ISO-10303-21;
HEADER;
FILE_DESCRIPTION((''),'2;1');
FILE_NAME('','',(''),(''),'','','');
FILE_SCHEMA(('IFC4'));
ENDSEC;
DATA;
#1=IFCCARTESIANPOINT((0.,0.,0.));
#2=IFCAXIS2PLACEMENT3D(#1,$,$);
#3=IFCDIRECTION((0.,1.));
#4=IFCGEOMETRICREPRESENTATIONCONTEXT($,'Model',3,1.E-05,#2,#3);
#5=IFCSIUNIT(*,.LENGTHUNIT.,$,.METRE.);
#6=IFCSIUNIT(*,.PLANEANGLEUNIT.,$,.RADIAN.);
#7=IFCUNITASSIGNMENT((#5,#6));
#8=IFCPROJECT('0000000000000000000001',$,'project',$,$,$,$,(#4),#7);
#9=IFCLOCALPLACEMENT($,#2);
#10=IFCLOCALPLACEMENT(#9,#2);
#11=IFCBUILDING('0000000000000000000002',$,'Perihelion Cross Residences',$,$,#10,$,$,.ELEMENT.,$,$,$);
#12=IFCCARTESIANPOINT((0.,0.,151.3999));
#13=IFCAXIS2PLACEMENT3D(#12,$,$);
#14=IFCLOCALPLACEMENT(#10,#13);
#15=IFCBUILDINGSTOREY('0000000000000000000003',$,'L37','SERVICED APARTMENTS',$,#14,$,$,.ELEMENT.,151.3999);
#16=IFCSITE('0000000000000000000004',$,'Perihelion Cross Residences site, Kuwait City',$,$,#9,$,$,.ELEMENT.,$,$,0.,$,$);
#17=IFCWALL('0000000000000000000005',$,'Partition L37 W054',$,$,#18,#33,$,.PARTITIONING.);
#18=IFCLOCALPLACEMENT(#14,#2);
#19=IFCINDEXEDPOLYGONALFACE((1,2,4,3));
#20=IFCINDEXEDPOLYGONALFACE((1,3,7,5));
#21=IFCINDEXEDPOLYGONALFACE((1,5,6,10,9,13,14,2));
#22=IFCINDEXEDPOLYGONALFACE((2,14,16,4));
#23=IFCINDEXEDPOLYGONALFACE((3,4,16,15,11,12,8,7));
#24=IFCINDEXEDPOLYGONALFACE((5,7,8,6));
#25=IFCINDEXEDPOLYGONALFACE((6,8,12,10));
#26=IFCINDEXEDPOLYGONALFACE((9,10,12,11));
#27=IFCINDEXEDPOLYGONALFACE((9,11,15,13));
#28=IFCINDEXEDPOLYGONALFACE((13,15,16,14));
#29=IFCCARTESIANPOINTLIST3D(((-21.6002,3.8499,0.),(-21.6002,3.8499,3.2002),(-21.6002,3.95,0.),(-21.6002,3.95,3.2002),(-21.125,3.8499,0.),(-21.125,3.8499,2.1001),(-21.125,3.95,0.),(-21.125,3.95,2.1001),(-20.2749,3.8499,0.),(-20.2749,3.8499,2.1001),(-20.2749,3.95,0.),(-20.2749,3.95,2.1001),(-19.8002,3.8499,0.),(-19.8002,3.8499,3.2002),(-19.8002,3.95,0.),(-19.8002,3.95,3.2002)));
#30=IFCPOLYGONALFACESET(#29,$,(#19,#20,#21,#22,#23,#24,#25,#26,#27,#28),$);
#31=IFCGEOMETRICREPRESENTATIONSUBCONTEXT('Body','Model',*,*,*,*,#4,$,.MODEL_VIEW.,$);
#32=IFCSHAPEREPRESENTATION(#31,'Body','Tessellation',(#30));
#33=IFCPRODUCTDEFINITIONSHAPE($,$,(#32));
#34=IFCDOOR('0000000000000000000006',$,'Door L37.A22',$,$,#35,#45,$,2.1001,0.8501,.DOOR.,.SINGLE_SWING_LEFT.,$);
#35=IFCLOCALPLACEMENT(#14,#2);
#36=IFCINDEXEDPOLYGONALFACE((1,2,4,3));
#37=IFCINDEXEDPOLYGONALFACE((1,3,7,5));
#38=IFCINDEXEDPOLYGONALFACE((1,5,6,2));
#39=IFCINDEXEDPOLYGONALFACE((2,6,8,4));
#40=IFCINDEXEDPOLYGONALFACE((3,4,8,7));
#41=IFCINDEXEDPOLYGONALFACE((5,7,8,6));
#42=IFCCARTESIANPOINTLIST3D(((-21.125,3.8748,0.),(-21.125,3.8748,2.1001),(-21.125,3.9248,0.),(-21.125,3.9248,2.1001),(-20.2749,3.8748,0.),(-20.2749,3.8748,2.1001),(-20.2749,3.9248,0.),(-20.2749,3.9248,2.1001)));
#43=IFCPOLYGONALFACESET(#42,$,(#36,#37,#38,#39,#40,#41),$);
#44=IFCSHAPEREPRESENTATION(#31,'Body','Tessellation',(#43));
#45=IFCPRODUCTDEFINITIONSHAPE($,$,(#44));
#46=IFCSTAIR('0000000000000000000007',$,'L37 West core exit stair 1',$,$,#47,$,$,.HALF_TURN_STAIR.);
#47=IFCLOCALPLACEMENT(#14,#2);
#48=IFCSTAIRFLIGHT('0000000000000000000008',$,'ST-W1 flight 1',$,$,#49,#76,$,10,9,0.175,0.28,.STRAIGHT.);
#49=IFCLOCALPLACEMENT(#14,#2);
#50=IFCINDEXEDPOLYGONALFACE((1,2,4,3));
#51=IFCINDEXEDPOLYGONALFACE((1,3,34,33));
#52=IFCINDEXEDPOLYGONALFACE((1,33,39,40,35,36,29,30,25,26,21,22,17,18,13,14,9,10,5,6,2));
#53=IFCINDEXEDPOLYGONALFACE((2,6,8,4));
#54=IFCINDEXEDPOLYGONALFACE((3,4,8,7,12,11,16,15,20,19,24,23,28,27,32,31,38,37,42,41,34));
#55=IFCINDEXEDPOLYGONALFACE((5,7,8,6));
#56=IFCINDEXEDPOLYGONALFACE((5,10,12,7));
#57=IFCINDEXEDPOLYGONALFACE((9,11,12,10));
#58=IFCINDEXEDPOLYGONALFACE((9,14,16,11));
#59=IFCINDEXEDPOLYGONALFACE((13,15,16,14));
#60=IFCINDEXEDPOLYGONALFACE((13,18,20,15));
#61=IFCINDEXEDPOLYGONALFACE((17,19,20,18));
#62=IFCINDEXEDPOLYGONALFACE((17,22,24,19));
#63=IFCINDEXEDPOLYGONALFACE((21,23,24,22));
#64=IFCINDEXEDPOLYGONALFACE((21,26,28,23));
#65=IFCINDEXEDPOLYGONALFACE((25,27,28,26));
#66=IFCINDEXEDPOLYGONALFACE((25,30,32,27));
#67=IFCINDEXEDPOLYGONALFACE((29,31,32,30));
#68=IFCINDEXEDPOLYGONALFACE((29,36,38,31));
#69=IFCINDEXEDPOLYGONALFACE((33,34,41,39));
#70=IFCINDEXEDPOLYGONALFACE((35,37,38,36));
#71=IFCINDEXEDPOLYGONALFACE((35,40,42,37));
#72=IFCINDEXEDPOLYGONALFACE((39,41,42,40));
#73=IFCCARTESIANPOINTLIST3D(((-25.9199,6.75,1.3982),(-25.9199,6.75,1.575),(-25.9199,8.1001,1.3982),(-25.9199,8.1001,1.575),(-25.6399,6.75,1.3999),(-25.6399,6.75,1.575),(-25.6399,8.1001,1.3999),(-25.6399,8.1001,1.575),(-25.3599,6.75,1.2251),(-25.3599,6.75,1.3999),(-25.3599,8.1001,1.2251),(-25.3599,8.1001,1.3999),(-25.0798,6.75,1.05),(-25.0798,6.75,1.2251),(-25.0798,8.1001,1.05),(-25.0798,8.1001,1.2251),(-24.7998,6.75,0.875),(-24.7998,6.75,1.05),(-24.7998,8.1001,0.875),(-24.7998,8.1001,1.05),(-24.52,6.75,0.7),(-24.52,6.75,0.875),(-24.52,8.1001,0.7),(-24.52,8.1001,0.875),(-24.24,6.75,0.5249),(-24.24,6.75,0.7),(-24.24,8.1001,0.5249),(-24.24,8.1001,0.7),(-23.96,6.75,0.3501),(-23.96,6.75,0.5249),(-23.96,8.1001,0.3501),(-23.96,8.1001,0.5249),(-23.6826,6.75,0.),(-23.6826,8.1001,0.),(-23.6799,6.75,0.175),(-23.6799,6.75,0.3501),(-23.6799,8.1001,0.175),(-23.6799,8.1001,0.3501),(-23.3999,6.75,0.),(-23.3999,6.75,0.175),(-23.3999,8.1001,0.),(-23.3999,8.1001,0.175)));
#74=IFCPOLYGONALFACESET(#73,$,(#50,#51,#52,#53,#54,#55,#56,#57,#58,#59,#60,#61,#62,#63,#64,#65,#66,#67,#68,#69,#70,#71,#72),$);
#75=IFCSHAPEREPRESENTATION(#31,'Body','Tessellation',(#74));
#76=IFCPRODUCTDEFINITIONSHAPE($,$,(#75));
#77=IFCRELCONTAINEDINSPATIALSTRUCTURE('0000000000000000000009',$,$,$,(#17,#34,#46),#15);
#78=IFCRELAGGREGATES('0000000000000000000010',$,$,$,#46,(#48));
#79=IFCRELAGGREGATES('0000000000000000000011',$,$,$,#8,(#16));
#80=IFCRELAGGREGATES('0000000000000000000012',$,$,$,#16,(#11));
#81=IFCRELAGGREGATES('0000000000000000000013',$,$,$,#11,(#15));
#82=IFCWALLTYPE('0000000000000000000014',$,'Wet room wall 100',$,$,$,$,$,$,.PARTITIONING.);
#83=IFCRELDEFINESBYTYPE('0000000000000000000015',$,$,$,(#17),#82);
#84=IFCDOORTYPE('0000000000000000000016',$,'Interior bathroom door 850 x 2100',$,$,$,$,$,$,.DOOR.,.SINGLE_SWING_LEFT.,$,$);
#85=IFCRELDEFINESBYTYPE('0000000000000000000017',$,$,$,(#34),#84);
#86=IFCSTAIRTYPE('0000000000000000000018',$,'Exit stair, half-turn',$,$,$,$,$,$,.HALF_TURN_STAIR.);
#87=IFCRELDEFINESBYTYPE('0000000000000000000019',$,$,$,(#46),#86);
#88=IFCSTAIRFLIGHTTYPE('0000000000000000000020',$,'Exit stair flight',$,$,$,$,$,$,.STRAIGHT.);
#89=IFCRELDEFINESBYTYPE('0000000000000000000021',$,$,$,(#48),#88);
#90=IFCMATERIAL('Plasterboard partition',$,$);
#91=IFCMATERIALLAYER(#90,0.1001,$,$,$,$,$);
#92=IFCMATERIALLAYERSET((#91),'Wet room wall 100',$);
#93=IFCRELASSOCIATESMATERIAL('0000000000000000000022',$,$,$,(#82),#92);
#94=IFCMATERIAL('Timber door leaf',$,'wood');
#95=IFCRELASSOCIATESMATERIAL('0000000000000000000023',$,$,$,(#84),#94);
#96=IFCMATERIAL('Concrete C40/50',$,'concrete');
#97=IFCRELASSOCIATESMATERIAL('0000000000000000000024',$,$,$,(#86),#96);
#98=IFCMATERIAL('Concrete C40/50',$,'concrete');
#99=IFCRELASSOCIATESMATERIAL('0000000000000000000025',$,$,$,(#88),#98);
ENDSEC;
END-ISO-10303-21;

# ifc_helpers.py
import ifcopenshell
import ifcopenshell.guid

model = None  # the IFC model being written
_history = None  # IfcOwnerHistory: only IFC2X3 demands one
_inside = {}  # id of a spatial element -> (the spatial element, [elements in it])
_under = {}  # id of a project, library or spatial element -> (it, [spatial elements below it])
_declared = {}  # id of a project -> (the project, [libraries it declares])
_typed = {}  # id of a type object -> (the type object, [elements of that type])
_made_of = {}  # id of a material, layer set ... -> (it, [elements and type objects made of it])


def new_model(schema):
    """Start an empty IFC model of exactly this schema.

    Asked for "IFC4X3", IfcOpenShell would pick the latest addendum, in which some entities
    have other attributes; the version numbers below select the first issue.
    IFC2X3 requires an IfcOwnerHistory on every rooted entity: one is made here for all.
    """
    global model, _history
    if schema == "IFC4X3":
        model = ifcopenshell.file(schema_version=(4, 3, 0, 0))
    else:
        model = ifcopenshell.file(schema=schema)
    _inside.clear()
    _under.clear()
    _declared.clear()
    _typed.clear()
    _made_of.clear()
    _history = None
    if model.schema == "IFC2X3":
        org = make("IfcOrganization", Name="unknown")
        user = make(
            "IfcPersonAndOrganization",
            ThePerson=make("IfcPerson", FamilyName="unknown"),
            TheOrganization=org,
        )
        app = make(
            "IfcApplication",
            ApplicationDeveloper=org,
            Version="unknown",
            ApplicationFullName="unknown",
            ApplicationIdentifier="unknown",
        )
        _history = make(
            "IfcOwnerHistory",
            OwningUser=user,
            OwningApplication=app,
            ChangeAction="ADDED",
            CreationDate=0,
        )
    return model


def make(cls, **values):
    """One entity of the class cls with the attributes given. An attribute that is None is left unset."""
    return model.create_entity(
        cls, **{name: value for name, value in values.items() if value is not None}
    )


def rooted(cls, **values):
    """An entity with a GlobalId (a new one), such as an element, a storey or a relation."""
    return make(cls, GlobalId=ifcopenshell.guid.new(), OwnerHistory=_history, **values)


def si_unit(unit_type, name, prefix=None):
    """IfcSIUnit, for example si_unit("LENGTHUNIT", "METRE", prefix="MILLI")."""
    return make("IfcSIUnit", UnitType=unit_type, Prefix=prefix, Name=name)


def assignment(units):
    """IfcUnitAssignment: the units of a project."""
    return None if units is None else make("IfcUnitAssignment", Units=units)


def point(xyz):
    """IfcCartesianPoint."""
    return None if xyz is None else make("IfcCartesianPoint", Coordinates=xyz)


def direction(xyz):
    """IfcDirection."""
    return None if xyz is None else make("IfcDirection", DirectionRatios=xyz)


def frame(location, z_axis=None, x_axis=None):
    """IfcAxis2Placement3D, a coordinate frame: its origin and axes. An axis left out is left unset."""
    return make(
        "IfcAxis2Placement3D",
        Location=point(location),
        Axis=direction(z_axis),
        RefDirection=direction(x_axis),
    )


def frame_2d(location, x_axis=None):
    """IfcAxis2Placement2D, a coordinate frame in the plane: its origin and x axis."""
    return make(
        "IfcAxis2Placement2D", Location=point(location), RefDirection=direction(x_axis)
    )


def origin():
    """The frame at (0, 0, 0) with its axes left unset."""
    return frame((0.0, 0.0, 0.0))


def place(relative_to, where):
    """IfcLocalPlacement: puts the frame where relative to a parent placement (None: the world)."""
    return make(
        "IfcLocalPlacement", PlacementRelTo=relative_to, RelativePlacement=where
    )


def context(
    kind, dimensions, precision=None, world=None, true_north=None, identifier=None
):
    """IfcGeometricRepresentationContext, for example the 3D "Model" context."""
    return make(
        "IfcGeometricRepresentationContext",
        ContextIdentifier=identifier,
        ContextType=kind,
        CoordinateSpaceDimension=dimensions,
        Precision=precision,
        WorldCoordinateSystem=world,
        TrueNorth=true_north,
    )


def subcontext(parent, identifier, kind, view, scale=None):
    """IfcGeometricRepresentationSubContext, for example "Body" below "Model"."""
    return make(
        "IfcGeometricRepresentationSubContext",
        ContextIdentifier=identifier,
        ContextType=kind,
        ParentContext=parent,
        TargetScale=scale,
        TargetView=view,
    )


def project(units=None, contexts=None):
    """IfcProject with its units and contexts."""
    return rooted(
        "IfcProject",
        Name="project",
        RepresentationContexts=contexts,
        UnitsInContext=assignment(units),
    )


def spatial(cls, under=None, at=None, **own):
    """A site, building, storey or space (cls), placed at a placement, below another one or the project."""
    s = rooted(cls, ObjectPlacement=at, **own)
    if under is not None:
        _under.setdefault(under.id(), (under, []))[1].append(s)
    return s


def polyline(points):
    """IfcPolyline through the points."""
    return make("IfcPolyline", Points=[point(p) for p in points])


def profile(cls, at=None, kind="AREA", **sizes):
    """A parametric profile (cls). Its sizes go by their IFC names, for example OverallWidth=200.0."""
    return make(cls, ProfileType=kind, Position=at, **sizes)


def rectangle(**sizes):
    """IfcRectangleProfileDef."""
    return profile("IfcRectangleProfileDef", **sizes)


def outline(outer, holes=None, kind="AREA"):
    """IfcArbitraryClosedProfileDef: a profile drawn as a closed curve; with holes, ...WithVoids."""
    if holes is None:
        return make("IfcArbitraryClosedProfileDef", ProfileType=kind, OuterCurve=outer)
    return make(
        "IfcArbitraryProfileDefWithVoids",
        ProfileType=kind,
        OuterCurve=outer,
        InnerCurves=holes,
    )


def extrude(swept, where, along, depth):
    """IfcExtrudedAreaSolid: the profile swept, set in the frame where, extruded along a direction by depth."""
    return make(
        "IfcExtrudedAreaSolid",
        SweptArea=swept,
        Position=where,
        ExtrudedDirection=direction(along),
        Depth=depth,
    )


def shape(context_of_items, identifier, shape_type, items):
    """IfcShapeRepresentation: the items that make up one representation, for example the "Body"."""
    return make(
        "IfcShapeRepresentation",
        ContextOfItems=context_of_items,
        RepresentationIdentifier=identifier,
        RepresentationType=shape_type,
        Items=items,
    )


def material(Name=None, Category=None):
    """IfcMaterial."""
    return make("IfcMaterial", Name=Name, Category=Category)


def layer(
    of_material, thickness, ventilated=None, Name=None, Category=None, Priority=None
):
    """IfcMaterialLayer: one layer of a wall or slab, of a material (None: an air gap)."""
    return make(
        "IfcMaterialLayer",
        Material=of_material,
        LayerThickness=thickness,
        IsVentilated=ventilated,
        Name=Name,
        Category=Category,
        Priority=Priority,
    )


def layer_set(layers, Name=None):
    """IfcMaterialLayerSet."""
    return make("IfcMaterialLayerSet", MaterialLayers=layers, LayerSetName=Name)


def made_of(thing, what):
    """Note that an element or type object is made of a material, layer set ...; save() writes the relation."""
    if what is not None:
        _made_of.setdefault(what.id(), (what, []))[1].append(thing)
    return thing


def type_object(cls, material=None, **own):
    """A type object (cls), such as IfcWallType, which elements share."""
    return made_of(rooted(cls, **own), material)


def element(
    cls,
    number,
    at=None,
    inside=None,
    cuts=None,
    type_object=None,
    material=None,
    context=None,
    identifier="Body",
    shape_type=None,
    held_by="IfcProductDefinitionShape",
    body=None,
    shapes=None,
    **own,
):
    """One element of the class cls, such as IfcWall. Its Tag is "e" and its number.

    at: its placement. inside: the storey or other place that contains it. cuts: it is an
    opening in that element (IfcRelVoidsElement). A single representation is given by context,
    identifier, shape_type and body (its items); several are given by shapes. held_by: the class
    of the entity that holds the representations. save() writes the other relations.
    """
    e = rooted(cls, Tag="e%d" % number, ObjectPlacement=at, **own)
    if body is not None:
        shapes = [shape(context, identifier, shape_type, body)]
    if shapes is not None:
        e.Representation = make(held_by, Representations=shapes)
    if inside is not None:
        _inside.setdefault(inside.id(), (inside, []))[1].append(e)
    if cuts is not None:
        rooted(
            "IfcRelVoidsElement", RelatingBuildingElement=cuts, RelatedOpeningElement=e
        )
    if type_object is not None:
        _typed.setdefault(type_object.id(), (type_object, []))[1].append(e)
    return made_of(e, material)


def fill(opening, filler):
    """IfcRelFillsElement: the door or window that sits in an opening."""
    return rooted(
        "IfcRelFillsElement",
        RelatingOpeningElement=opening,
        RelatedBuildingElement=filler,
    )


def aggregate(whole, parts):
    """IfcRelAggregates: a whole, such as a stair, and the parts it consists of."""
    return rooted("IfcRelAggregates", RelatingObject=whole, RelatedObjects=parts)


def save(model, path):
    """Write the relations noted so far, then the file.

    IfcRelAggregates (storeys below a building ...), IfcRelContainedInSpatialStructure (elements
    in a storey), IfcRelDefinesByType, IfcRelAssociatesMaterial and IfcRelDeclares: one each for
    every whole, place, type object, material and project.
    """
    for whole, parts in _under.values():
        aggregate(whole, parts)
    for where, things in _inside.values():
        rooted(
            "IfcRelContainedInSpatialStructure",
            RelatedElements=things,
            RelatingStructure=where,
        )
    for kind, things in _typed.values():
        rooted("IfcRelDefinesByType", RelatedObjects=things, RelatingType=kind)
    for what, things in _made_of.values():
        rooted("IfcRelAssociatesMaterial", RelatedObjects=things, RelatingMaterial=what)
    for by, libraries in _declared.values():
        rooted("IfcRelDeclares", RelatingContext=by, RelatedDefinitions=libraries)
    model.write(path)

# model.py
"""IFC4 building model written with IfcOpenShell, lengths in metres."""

from ifc_helpers import new_model, si_unit, direction, frame, frame_2d, origin, place, context, subcontext, project, spatial, polyline, rectangle, outline, extrude, material, layer, layer_set, type_object, element, fill, aggregate, save


model = new_model("IFC4")

# Units and contexts
model_context = context("Model", 3, precision=1e-05, world=origin(), true_north=direction((0.0, 1.0)))
body_context = subcontext(model_context, "Body", "Model", "MODEL_VIEW")
ifc_project = project(units=[si_unit("LENGTHUNIT", "METRE"), si_unit("PLANEANGLEUNIT", "RADIAN")], contexts=[model_context])

# Site, building, storey
site_placement = place(None, origin())
site = spatial("IfcSite", under=ifc_project, at=site_placement, Name="Perihelion Cross Residences site, Kuwait City", CompositionType="ELEMENT", RefElevation=0.0)
building_placement = place(site_placement, origin())
building = spatial("IfcBuilding", under=site, at=building_placement, Name="Perihelion Cross Residences", CompositionType="ELEMENT")
storey_placement = place(building_placement, frame((0.0, 0.0, 151.3999)))
storey = spatial("IfcBuildingStorey", under=building, at=storey_placement, Name="L37", Description="SERVICED APARTMENTS", CompositionType="ELEMENT", Elevation=151.3999)

# Shared definitions
ifc_material_1 = material(Name="Plasterboard partition")
ifc_layer_1 = layer(ifc_material_1, 0.1001)
ifc_layer_set_1 = layer_set([ifc_layer_1], Name="Wet room wall 100")
wall_type_1 = type_object("IfcWallType", Name="Wet room wall 100", PredefinedType="PARTITIONING", material=ifc_layer_set_1)

# Wall, opening, door
wall_1_placement = place(storey_placement, frame((-21.6001, 3.8999, 0.0), z_axis=(0.0, 0.0, 1.0), x_axis=(1.0, 0.0, 0.0)))
wall_1 = element("IfcWall", 1, at=wall_1_placement, inside=storey, type_object=wall_type_1, Name="Partition L37 W054", PredefinedType="PARTITIONING", context=body_context, shape_type="SweptSolid", body=[
    extrude(rectangle(XDim=1.8, YDim=0.1001, at=frame_2d((0.8999, 0.0))), origin(), (0.0, 0.0, 1.0), 3.2002),
])
opening_1_placement = place(wall_1_placement, frame((0.4751, 0.0, 0.0)))
opening_1 = element("IfcOpeningElement", 2, at=opening_1_placement, cuts=wall_1, PredefinedType="OPENING", context=body_context, shape_type="SweptSolid", body=[
    extrude(rectangle(XDim=0.8501, YDim=2.1001, at=frame_2d((0.425, 1.05))), frame((0.0, 0.0601, 0.0), z_axis=(0.0, -1.0, 0.0), x_axis=(1.0, 0.0, 0.0)), (0.0, 0.0, 1.0), 0.1201),
])
ifc_material_2 = material(Name="Timber door leaf", Category="wood")
door_type_1 = type_object("IfcDoorType", Name="Interior bathroom door 850 x 2100", OperationType="SINGLE_SWING_LEFT", PredefinedType="DOOR", material=ifc_material_2)
door_1_placement = place(opening_1_placement, origin())
door_1 = element("IfcDoor", 3, at=door_1_placement, inside=storey, type_object=door_type_1, Name="Door L37.A22", OperationType="SINGLE_SWING_LEFT", OverallHeight=2.1001, OverallWidth=0.8501, PredefinedType="DOOR", context=body_context, shape_type="SweptSolid", body=[
    extrude(rectangle(XDim=0.8501, YDim=2.1001, at=frame_2d((0.425, 1.05))), frame((0.0, 0.0249, 0.0), z_axis=(0.0, -1.0, 0.0), x_axis=(1.0, 0.0, 0.0)), (0.0, 0.0, 1.0), 0.05),
])
fill(opening_1, door_1)

# Stair, stair flight
ifc_material_3 = material(Name="Concrete C40/50", Category="concrete")
stair_type = type_object("IfcStairType", Name="Exit stair, half-turn", PredefinedType="HALF_TURN_STAIR", material=ifc_material_3)
stair_placement = place(storey_placement, origin())
stair = element("IfcStair", 4, at=stair_placement, inside=storey, type_object=stair_type, Name="L37 West core exit stair 1", PredefinedType="HALF_TURN_STAIR")
ifc_material_4 = material(Name="Concrete C40/50", Category="concrete")
stair_flight_type = type_object("IfcStairFlightType", Name="Exit stair flight", PredefinedType="STRAIGHT", material=ifc_material_4)
stair_flight_placement = place(storey_placement, frame((-23.3999, 7.425, 0.0), z_axis=(0.0, 0.0, 1.0), x_axis=(-1.0, 0.0, 0.0)))
stair_flight = element("IfcStairFlight", 5, at=stair_flight_placement, type_object=stair_flight_type, Name="ST-W1 flight 1", NumberOfRisers=10, NumberOfTreads=9, PredefinedType="STRAIGHT", RiserHeight=0.175, TreadLength=0.28, context=body_context, shape_type="SweptSolid", body=[
    extrude(outline(polyline([(0.0, 0.0), (0.0, 0.175), (0.28, 0.175), (0.28, 0.3501), (0.5601, 0.3501), (0.5601, 0.5249), (0.8401, 0.5249), (0.8401, 0.7), (1.1201, 0.7), (1.1201, 0.875), (1.3999, 0.875), (1.3999, 1.05), (1.6799, 1.05), (1.6799, 1.2251), (1.96, 1.2251), (1.96, 1.3999), (2.24, 1.3999), (2.24, 1.575), (2.52, 1.575), (2.52, 1.75), (2.52, 1.3982), (0.2827, 0.0), (0.0, 0.0)])), frame((0.0, 0.675, 0.0), z_axis=(0.0, -1.0, 0.0), x_axis=(1.0, 0.0, 0.0)), (0.0, 0.0, 1.0), 1.3501),
])
aggregate(stair, [stair_flight])

save(model, "model.ifc")
